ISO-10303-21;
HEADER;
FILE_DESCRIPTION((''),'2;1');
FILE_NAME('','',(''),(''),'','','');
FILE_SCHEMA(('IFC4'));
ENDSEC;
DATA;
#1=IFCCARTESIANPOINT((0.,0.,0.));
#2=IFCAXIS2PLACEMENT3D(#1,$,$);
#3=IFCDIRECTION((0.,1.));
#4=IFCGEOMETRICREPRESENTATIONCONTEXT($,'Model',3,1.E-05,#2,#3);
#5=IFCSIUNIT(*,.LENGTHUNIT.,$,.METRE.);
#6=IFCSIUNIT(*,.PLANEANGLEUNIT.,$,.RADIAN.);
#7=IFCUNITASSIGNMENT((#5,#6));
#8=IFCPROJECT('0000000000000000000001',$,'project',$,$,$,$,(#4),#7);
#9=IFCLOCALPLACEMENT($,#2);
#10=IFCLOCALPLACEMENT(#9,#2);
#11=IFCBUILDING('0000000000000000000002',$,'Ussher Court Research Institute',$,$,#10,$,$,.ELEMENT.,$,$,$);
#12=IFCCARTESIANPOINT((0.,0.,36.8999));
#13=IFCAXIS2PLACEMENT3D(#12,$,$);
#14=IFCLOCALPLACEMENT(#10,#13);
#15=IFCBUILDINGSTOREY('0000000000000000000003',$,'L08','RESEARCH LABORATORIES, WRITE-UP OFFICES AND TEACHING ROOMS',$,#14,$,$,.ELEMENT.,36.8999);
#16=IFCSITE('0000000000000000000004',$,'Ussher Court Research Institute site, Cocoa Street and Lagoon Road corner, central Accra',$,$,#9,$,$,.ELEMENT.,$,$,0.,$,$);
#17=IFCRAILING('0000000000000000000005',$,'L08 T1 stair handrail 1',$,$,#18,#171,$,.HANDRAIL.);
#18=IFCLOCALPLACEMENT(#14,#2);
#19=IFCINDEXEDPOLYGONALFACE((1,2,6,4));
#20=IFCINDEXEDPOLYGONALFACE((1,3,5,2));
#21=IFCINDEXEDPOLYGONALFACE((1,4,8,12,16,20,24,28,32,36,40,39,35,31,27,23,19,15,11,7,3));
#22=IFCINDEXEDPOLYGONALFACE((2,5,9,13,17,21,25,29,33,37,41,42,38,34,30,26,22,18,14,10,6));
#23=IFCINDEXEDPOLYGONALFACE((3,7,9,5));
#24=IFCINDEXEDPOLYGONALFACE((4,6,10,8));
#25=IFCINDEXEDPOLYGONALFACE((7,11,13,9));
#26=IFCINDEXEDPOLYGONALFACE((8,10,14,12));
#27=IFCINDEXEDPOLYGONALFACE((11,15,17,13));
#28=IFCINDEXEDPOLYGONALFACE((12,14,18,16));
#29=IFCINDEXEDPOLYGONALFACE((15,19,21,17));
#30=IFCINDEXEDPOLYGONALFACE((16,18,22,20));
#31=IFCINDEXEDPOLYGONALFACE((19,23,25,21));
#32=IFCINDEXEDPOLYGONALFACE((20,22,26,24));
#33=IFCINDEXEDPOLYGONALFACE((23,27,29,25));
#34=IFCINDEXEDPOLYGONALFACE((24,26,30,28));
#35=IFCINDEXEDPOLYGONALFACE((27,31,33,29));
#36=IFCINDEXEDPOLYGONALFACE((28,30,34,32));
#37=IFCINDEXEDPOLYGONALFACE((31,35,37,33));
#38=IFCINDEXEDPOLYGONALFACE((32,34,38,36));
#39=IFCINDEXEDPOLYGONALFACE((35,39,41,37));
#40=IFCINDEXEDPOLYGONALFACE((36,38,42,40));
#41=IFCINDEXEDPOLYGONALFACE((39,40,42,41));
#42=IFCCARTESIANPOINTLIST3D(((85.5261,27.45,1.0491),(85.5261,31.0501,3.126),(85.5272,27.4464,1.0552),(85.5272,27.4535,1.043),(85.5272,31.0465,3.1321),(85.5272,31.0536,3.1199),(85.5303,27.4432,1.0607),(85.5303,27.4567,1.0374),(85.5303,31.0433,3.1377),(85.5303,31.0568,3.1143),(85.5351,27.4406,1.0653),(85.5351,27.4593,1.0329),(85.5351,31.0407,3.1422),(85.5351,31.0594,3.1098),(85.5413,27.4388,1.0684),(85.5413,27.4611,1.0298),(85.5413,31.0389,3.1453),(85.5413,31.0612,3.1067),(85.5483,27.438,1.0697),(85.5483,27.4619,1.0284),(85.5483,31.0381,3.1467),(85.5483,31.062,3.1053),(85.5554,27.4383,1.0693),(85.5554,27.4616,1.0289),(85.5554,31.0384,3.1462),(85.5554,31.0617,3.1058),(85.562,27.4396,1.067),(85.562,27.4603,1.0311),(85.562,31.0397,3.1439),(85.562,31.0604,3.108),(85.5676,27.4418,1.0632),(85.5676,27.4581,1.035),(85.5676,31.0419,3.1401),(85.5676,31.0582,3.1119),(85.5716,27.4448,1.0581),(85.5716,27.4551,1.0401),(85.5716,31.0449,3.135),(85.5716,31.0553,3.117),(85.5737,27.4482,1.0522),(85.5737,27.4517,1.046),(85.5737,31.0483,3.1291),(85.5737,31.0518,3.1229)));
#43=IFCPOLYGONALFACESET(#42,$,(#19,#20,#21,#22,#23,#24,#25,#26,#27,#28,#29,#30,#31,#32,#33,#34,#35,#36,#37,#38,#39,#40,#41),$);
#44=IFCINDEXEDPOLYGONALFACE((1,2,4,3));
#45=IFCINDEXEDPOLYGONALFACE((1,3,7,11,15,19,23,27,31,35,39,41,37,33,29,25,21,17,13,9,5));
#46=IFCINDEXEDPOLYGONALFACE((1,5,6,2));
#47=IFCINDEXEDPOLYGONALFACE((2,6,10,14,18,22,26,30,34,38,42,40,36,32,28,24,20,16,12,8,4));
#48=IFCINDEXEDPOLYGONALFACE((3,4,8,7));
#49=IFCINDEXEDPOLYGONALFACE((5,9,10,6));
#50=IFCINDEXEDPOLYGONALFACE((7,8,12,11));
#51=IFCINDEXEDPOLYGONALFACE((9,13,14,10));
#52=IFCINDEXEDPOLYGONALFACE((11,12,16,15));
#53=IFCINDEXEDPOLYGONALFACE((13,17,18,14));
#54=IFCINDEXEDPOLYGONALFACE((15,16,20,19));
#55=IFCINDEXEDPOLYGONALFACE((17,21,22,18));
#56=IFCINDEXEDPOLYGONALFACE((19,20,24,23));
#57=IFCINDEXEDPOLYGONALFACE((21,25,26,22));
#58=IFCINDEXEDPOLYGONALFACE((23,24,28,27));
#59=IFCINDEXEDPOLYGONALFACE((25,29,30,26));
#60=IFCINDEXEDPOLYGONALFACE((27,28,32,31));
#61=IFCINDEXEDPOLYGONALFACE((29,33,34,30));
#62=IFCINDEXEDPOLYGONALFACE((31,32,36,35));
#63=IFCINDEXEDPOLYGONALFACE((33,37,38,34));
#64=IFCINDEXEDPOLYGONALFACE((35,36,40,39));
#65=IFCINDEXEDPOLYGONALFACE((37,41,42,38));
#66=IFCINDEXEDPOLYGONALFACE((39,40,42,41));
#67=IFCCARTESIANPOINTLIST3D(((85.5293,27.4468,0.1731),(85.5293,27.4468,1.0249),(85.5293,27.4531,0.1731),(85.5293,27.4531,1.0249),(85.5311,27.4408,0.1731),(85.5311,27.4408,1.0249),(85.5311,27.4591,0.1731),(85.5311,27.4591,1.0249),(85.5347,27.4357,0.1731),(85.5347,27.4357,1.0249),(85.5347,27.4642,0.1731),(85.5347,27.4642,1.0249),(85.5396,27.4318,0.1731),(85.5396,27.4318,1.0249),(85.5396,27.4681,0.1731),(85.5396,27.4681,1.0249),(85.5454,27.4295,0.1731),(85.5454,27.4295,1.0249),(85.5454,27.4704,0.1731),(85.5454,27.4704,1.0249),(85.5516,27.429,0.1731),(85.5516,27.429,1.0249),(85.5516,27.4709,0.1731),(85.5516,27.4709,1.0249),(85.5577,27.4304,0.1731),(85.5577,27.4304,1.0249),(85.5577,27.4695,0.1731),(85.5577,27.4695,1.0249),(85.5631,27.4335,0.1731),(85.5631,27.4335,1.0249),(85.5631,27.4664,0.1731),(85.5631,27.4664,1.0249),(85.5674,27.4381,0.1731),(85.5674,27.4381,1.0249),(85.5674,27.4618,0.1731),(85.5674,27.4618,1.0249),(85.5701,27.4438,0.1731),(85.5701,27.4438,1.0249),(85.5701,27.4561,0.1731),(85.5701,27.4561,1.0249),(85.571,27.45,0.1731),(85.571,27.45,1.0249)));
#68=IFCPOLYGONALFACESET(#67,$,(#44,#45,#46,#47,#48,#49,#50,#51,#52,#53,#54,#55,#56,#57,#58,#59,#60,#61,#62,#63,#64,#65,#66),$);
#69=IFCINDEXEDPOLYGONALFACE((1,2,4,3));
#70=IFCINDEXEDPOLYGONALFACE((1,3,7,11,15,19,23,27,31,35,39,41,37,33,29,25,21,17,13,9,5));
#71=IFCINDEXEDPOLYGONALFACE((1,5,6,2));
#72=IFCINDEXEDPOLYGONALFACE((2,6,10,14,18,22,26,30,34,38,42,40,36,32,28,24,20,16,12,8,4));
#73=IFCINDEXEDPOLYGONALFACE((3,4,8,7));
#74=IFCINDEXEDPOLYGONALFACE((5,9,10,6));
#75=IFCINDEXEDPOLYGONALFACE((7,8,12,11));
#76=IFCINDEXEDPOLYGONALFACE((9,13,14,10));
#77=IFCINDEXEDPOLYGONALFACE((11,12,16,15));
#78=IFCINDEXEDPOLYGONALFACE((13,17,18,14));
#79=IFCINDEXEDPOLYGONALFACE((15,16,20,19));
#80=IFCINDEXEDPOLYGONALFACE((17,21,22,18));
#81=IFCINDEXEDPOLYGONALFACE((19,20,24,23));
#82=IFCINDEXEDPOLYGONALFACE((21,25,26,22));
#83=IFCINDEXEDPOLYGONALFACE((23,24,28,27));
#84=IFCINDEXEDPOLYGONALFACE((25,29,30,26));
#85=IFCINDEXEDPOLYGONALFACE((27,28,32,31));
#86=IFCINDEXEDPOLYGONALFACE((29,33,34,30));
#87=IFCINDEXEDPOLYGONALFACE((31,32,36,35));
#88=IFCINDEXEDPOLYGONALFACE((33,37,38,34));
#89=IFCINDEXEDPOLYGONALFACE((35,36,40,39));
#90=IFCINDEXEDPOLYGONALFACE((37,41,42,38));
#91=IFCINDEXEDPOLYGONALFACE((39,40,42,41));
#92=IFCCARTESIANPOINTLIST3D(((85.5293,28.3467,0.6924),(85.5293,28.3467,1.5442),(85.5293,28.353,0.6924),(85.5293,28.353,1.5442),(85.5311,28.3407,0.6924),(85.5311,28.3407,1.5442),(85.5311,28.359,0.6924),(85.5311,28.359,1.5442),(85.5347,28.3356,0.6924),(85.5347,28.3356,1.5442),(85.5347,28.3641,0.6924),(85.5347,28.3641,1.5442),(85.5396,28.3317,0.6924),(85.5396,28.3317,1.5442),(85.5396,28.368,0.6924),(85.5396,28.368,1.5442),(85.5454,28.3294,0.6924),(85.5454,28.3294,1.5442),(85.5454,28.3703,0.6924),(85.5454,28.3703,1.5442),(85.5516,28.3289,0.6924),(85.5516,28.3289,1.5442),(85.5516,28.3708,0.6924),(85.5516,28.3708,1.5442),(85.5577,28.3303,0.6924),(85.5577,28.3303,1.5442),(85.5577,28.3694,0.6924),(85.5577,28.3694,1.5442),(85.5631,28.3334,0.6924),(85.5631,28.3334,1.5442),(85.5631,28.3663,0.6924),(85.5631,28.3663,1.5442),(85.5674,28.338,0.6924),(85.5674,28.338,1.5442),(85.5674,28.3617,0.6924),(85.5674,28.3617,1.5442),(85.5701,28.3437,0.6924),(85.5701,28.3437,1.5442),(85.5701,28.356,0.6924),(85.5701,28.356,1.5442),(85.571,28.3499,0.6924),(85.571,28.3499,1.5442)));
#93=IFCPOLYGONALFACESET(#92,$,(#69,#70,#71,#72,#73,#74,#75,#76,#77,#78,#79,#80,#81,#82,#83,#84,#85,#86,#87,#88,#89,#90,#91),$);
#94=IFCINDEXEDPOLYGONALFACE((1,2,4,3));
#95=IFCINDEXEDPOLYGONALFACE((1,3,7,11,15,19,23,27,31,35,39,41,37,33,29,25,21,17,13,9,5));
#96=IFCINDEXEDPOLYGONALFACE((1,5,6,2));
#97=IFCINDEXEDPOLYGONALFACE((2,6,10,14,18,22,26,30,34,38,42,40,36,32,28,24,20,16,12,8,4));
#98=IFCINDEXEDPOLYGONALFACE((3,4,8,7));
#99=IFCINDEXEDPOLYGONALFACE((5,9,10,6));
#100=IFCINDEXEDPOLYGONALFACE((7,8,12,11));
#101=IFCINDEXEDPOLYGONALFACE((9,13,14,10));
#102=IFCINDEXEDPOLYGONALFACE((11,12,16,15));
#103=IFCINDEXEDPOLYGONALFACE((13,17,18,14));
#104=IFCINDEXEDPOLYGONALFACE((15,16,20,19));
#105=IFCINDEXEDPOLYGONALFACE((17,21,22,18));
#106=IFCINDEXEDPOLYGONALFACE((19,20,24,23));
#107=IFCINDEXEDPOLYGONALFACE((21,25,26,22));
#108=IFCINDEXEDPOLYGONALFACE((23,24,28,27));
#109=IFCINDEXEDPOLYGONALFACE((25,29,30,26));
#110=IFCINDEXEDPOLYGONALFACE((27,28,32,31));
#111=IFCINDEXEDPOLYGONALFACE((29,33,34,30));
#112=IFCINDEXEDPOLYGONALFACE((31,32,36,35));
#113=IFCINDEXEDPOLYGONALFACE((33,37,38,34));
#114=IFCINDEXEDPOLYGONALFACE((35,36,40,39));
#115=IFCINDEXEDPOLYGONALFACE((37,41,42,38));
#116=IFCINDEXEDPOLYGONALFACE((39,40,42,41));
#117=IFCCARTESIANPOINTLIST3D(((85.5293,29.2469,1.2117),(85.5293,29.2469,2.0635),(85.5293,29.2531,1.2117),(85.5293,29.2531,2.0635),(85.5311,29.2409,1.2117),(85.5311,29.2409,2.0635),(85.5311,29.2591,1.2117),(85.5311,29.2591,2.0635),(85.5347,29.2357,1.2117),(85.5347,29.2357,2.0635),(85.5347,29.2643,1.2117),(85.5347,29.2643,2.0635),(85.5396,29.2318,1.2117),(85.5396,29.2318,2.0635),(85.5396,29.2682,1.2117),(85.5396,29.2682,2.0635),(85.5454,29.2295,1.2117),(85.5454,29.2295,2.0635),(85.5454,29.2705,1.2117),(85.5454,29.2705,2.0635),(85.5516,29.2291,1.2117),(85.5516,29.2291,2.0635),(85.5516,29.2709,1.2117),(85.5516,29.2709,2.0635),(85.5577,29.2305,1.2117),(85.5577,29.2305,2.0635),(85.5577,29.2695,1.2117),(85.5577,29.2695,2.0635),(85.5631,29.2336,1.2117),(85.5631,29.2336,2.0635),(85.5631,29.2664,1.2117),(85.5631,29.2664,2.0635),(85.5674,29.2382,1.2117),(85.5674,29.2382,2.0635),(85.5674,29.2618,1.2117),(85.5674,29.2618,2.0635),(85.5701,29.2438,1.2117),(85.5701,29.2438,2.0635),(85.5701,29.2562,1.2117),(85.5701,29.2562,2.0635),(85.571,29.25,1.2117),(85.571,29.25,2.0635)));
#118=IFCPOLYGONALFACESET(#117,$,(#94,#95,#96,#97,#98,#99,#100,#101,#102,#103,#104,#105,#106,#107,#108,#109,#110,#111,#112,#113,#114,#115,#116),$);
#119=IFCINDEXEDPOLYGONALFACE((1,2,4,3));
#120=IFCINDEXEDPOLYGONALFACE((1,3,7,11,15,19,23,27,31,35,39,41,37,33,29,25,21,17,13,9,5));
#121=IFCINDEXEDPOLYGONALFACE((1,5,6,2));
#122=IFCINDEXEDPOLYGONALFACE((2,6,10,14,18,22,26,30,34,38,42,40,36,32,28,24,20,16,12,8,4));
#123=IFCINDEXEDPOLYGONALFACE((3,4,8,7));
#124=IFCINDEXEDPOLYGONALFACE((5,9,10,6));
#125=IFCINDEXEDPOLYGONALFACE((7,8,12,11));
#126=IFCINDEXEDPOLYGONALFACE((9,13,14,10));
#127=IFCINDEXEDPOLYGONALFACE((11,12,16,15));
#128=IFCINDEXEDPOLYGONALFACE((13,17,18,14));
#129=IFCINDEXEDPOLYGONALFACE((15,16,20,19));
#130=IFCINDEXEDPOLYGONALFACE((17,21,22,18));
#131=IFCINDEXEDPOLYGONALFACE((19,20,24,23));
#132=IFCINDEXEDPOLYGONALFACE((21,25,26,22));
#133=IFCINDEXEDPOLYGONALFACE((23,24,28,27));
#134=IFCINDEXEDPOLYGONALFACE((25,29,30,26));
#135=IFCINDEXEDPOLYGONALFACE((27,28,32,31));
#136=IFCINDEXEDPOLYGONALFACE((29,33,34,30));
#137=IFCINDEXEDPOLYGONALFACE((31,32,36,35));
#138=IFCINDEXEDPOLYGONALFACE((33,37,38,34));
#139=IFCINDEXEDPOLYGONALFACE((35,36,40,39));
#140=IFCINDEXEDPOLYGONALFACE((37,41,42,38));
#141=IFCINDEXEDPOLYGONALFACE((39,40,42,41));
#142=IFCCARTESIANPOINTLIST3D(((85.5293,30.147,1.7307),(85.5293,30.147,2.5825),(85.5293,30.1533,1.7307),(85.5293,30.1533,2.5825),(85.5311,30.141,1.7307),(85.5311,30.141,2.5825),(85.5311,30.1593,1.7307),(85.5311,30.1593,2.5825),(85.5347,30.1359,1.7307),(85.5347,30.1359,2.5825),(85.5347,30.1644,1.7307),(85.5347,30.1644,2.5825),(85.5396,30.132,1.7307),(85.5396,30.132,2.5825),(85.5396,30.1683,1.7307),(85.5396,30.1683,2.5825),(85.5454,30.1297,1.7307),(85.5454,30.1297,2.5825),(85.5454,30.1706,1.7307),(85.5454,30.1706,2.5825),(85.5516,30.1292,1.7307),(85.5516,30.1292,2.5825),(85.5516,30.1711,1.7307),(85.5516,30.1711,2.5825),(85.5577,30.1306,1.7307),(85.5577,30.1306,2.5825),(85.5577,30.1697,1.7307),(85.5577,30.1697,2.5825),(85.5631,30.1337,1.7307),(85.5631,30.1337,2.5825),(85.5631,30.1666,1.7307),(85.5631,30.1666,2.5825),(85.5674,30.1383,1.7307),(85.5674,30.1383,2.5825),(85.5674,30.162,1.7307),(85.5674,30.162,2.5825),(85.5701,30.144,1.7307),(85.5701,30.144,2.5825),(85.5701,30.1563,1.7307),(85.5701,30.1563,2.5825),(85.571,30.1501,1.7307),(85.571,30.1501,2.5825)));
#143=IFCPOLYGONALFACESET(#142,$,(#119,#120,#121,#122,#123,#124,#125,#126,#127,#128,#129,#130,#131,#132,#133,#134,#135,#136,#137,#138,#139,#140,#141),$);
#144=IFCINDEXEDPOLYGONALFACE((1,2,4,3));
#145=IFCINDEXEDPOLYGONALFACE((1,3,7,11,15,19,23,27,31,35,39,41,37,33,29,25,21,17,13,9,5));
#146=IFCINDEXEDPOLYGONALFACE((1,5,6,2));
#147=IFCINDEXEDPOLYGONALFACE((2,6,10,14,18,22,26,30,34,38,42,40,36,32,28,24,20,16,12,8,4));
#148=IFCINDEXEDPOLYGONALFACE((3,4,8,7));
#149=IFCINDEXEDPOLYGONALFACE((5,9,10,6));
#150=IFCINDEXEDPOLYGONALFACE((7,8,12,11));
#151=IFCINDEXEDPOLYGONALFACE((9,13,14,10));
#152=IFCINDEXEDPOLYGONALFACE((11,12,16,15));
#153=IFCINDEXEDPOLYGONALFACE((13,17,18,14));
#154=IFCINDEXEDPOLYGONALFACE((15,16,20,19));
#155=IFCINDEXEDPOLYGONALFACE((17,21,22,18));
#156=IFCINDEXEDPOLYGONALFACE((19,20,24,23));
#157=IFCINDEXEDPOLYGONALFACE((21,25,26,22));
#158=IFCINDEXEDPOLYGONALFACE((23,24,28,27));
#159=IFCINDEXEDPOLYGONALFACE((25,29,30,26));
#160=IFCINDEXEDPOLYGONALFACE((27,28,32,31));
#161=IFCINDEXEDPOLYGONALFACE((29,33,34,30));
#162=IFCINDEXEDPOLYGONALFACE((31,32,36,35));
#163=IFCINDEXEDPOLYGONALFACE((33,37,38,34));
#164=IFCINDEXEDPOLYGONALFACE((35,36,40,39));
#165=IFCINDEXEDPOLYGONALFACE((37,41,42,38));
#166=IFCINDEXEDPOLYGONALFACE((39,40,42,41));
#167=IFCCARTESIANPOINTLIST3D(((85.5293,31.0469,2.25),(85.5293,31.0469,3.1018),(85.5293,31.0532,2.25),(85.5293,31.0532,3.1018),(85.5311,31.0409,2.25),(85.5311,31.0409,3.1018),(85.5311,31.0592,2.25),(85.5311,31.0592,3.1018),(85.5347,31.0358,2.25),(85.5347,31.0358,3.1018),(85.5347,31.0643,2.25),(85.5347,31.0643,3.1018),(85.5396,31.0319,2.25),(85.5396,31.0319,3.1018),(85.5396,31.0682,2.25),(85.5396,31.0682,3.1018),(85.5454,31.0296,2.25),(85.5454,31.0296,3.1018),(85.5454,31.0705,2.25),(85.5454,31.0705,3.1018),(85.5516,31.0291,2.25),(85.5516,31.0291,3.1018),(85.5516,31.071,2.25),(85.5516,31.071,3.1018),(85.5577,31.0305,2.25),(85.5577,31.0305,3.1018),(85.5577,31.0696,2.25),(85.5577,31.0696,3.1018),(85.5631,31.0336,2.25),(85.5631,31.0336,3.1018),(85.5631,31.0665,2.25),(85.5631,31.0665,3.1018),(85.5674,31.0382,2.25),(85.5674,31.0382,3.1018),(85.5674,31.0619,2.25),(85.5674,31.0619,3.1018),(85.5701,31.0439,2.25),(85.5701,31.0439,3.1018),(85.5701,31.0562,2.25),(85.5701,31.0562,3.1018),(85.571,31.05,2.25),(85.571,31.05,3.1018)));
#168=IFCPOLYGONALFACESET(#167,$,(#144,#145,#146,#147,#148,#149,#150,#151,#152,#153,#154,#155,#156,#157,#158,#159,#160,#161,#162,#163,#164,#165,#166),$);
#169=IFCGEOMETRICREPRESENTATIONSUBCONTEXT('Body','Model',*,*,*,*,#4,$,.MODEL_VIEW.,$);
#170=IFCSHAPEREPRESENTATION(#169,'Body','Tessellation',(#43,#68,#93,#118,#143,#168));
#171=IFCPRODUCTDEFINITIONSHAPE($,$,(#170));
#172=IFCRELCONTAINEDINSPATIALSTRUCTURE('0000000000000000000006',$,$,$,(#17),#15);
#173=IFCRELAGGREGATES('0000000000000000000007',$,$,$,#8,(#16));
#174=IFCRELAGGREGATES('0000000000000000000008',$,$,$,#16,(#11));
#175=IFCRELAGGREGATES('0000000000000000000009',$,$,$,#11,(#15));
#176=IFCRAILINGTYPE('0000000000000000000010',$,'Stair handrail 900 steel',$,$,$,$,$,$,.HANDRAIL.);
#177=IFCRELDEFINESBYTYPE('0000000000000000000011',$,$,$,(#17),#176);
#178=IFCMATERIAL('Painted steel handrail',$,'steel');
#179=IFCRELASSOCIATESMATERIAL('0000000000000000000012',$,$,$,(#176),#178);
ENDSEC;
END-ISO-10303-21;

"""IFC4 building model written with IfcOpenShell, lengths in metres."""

from ifc_helpers import new_model, si_unit, direction, frame, origin, origin_2d, place, context, subcontext, project, spatial, circle, extrude, material, type_object, element, save


model = new_model("IFC4")

# Units and contexts
model_context = context("Model", 3, precision=1e-05, world=origin(), true_north=direction((0.0, 1.0)))
body_context = subcontext(model_context, "Body", "Model", "MODEL_VIEW")
ifc_project = project(units=[si_unit("LENGTHUNIT", "METRE"), si_unit("PLANEANGLEUNIT", "RADIAN")], contexts=[model_context])

# Site, building, storey
site_placement = place(None, origin())
site = spatial("IfcSite", under=ifc_project, at=site_placement, Name="Ussher Court Research Institute site, Cocoa Street and Lagoon Road corner, central Accra", CompositionType="ELEMENT", RefElevation=0.0)
building_placement = place(site_placement, origin())
building = spatial("IfcBuilding", under=site, at=building_placement, Name="Ussher Court Research Institute", CompositionType="ELEMENT")
storey_placement = place(building_placement, frame((0.0, 0.0, 36.8999)))
storey = spatial("IfcBuildingStorey", under=building, at=storey_placement, Name="L08", Description="RESEARCH LABORATORIES, WRITE-UP OFFICES AND TEACHING ROOMS", CompositionType="ELEMENT", Elevation=36.8999)

# Railing
ifc_material_1 = material(Name="Painted steel handrail", Category="steel")
railing_type_1 = type_object("IfcRailingType", Name="Stair handrail 900 steel", PredefinedType="HANDRAIL", material=ifc_material_1)
railing_1_placement = place(storey_placement, frame((85.55, 27.45, 0.1731)))
element("IfcRailing", 1, at=railing_1_placement, inside=storey, type_object=railing_type_1, Name="L08 T1 stair handrail 1", PredefinedType="HANDRAIL", context=body_context, shape_type="SweptSolid", body=[
    extrude(circle(Radius=0.0239, at=origin_2d()), frame((0.0, 0.0, 0.876), z_axis=(0.0, 0.866193, 0.499709), x_axis=(-1.0, 0.0, 0.0)), (0.0, 0.0, 1.0), 4.1562),
    extrude(circle(Radius=0.021, at=origin_2d()), origin(), (0.0, 0.0, 1.0), 0.8518),
    extrude(circle(Radius=0.021, at=origin_2d()), frame((0.0, 0.8999, 0.5193)), (0.0, 0.0, 1.0), 0.8518),
    extrude(circle(Radius=0.021, at=origin_2d()), frame((0.0, 1.8, 1.0386)), (0.0, 0.0, 1.0), 0.8518),
    extrude(circle(Radius=0.021, at=origin_2d()), frame((0.0, 2.7002, 1.5576)), (0.0, 0.0, 1.0), 0.8518),
    extrude(circle(Radius=0.021, at=origin_2d()), frame((0.0, 3.6001, 2.0769)), (0.0, 0.0, 1.0), 0.8518),
])

save(model, "model.ifc")
